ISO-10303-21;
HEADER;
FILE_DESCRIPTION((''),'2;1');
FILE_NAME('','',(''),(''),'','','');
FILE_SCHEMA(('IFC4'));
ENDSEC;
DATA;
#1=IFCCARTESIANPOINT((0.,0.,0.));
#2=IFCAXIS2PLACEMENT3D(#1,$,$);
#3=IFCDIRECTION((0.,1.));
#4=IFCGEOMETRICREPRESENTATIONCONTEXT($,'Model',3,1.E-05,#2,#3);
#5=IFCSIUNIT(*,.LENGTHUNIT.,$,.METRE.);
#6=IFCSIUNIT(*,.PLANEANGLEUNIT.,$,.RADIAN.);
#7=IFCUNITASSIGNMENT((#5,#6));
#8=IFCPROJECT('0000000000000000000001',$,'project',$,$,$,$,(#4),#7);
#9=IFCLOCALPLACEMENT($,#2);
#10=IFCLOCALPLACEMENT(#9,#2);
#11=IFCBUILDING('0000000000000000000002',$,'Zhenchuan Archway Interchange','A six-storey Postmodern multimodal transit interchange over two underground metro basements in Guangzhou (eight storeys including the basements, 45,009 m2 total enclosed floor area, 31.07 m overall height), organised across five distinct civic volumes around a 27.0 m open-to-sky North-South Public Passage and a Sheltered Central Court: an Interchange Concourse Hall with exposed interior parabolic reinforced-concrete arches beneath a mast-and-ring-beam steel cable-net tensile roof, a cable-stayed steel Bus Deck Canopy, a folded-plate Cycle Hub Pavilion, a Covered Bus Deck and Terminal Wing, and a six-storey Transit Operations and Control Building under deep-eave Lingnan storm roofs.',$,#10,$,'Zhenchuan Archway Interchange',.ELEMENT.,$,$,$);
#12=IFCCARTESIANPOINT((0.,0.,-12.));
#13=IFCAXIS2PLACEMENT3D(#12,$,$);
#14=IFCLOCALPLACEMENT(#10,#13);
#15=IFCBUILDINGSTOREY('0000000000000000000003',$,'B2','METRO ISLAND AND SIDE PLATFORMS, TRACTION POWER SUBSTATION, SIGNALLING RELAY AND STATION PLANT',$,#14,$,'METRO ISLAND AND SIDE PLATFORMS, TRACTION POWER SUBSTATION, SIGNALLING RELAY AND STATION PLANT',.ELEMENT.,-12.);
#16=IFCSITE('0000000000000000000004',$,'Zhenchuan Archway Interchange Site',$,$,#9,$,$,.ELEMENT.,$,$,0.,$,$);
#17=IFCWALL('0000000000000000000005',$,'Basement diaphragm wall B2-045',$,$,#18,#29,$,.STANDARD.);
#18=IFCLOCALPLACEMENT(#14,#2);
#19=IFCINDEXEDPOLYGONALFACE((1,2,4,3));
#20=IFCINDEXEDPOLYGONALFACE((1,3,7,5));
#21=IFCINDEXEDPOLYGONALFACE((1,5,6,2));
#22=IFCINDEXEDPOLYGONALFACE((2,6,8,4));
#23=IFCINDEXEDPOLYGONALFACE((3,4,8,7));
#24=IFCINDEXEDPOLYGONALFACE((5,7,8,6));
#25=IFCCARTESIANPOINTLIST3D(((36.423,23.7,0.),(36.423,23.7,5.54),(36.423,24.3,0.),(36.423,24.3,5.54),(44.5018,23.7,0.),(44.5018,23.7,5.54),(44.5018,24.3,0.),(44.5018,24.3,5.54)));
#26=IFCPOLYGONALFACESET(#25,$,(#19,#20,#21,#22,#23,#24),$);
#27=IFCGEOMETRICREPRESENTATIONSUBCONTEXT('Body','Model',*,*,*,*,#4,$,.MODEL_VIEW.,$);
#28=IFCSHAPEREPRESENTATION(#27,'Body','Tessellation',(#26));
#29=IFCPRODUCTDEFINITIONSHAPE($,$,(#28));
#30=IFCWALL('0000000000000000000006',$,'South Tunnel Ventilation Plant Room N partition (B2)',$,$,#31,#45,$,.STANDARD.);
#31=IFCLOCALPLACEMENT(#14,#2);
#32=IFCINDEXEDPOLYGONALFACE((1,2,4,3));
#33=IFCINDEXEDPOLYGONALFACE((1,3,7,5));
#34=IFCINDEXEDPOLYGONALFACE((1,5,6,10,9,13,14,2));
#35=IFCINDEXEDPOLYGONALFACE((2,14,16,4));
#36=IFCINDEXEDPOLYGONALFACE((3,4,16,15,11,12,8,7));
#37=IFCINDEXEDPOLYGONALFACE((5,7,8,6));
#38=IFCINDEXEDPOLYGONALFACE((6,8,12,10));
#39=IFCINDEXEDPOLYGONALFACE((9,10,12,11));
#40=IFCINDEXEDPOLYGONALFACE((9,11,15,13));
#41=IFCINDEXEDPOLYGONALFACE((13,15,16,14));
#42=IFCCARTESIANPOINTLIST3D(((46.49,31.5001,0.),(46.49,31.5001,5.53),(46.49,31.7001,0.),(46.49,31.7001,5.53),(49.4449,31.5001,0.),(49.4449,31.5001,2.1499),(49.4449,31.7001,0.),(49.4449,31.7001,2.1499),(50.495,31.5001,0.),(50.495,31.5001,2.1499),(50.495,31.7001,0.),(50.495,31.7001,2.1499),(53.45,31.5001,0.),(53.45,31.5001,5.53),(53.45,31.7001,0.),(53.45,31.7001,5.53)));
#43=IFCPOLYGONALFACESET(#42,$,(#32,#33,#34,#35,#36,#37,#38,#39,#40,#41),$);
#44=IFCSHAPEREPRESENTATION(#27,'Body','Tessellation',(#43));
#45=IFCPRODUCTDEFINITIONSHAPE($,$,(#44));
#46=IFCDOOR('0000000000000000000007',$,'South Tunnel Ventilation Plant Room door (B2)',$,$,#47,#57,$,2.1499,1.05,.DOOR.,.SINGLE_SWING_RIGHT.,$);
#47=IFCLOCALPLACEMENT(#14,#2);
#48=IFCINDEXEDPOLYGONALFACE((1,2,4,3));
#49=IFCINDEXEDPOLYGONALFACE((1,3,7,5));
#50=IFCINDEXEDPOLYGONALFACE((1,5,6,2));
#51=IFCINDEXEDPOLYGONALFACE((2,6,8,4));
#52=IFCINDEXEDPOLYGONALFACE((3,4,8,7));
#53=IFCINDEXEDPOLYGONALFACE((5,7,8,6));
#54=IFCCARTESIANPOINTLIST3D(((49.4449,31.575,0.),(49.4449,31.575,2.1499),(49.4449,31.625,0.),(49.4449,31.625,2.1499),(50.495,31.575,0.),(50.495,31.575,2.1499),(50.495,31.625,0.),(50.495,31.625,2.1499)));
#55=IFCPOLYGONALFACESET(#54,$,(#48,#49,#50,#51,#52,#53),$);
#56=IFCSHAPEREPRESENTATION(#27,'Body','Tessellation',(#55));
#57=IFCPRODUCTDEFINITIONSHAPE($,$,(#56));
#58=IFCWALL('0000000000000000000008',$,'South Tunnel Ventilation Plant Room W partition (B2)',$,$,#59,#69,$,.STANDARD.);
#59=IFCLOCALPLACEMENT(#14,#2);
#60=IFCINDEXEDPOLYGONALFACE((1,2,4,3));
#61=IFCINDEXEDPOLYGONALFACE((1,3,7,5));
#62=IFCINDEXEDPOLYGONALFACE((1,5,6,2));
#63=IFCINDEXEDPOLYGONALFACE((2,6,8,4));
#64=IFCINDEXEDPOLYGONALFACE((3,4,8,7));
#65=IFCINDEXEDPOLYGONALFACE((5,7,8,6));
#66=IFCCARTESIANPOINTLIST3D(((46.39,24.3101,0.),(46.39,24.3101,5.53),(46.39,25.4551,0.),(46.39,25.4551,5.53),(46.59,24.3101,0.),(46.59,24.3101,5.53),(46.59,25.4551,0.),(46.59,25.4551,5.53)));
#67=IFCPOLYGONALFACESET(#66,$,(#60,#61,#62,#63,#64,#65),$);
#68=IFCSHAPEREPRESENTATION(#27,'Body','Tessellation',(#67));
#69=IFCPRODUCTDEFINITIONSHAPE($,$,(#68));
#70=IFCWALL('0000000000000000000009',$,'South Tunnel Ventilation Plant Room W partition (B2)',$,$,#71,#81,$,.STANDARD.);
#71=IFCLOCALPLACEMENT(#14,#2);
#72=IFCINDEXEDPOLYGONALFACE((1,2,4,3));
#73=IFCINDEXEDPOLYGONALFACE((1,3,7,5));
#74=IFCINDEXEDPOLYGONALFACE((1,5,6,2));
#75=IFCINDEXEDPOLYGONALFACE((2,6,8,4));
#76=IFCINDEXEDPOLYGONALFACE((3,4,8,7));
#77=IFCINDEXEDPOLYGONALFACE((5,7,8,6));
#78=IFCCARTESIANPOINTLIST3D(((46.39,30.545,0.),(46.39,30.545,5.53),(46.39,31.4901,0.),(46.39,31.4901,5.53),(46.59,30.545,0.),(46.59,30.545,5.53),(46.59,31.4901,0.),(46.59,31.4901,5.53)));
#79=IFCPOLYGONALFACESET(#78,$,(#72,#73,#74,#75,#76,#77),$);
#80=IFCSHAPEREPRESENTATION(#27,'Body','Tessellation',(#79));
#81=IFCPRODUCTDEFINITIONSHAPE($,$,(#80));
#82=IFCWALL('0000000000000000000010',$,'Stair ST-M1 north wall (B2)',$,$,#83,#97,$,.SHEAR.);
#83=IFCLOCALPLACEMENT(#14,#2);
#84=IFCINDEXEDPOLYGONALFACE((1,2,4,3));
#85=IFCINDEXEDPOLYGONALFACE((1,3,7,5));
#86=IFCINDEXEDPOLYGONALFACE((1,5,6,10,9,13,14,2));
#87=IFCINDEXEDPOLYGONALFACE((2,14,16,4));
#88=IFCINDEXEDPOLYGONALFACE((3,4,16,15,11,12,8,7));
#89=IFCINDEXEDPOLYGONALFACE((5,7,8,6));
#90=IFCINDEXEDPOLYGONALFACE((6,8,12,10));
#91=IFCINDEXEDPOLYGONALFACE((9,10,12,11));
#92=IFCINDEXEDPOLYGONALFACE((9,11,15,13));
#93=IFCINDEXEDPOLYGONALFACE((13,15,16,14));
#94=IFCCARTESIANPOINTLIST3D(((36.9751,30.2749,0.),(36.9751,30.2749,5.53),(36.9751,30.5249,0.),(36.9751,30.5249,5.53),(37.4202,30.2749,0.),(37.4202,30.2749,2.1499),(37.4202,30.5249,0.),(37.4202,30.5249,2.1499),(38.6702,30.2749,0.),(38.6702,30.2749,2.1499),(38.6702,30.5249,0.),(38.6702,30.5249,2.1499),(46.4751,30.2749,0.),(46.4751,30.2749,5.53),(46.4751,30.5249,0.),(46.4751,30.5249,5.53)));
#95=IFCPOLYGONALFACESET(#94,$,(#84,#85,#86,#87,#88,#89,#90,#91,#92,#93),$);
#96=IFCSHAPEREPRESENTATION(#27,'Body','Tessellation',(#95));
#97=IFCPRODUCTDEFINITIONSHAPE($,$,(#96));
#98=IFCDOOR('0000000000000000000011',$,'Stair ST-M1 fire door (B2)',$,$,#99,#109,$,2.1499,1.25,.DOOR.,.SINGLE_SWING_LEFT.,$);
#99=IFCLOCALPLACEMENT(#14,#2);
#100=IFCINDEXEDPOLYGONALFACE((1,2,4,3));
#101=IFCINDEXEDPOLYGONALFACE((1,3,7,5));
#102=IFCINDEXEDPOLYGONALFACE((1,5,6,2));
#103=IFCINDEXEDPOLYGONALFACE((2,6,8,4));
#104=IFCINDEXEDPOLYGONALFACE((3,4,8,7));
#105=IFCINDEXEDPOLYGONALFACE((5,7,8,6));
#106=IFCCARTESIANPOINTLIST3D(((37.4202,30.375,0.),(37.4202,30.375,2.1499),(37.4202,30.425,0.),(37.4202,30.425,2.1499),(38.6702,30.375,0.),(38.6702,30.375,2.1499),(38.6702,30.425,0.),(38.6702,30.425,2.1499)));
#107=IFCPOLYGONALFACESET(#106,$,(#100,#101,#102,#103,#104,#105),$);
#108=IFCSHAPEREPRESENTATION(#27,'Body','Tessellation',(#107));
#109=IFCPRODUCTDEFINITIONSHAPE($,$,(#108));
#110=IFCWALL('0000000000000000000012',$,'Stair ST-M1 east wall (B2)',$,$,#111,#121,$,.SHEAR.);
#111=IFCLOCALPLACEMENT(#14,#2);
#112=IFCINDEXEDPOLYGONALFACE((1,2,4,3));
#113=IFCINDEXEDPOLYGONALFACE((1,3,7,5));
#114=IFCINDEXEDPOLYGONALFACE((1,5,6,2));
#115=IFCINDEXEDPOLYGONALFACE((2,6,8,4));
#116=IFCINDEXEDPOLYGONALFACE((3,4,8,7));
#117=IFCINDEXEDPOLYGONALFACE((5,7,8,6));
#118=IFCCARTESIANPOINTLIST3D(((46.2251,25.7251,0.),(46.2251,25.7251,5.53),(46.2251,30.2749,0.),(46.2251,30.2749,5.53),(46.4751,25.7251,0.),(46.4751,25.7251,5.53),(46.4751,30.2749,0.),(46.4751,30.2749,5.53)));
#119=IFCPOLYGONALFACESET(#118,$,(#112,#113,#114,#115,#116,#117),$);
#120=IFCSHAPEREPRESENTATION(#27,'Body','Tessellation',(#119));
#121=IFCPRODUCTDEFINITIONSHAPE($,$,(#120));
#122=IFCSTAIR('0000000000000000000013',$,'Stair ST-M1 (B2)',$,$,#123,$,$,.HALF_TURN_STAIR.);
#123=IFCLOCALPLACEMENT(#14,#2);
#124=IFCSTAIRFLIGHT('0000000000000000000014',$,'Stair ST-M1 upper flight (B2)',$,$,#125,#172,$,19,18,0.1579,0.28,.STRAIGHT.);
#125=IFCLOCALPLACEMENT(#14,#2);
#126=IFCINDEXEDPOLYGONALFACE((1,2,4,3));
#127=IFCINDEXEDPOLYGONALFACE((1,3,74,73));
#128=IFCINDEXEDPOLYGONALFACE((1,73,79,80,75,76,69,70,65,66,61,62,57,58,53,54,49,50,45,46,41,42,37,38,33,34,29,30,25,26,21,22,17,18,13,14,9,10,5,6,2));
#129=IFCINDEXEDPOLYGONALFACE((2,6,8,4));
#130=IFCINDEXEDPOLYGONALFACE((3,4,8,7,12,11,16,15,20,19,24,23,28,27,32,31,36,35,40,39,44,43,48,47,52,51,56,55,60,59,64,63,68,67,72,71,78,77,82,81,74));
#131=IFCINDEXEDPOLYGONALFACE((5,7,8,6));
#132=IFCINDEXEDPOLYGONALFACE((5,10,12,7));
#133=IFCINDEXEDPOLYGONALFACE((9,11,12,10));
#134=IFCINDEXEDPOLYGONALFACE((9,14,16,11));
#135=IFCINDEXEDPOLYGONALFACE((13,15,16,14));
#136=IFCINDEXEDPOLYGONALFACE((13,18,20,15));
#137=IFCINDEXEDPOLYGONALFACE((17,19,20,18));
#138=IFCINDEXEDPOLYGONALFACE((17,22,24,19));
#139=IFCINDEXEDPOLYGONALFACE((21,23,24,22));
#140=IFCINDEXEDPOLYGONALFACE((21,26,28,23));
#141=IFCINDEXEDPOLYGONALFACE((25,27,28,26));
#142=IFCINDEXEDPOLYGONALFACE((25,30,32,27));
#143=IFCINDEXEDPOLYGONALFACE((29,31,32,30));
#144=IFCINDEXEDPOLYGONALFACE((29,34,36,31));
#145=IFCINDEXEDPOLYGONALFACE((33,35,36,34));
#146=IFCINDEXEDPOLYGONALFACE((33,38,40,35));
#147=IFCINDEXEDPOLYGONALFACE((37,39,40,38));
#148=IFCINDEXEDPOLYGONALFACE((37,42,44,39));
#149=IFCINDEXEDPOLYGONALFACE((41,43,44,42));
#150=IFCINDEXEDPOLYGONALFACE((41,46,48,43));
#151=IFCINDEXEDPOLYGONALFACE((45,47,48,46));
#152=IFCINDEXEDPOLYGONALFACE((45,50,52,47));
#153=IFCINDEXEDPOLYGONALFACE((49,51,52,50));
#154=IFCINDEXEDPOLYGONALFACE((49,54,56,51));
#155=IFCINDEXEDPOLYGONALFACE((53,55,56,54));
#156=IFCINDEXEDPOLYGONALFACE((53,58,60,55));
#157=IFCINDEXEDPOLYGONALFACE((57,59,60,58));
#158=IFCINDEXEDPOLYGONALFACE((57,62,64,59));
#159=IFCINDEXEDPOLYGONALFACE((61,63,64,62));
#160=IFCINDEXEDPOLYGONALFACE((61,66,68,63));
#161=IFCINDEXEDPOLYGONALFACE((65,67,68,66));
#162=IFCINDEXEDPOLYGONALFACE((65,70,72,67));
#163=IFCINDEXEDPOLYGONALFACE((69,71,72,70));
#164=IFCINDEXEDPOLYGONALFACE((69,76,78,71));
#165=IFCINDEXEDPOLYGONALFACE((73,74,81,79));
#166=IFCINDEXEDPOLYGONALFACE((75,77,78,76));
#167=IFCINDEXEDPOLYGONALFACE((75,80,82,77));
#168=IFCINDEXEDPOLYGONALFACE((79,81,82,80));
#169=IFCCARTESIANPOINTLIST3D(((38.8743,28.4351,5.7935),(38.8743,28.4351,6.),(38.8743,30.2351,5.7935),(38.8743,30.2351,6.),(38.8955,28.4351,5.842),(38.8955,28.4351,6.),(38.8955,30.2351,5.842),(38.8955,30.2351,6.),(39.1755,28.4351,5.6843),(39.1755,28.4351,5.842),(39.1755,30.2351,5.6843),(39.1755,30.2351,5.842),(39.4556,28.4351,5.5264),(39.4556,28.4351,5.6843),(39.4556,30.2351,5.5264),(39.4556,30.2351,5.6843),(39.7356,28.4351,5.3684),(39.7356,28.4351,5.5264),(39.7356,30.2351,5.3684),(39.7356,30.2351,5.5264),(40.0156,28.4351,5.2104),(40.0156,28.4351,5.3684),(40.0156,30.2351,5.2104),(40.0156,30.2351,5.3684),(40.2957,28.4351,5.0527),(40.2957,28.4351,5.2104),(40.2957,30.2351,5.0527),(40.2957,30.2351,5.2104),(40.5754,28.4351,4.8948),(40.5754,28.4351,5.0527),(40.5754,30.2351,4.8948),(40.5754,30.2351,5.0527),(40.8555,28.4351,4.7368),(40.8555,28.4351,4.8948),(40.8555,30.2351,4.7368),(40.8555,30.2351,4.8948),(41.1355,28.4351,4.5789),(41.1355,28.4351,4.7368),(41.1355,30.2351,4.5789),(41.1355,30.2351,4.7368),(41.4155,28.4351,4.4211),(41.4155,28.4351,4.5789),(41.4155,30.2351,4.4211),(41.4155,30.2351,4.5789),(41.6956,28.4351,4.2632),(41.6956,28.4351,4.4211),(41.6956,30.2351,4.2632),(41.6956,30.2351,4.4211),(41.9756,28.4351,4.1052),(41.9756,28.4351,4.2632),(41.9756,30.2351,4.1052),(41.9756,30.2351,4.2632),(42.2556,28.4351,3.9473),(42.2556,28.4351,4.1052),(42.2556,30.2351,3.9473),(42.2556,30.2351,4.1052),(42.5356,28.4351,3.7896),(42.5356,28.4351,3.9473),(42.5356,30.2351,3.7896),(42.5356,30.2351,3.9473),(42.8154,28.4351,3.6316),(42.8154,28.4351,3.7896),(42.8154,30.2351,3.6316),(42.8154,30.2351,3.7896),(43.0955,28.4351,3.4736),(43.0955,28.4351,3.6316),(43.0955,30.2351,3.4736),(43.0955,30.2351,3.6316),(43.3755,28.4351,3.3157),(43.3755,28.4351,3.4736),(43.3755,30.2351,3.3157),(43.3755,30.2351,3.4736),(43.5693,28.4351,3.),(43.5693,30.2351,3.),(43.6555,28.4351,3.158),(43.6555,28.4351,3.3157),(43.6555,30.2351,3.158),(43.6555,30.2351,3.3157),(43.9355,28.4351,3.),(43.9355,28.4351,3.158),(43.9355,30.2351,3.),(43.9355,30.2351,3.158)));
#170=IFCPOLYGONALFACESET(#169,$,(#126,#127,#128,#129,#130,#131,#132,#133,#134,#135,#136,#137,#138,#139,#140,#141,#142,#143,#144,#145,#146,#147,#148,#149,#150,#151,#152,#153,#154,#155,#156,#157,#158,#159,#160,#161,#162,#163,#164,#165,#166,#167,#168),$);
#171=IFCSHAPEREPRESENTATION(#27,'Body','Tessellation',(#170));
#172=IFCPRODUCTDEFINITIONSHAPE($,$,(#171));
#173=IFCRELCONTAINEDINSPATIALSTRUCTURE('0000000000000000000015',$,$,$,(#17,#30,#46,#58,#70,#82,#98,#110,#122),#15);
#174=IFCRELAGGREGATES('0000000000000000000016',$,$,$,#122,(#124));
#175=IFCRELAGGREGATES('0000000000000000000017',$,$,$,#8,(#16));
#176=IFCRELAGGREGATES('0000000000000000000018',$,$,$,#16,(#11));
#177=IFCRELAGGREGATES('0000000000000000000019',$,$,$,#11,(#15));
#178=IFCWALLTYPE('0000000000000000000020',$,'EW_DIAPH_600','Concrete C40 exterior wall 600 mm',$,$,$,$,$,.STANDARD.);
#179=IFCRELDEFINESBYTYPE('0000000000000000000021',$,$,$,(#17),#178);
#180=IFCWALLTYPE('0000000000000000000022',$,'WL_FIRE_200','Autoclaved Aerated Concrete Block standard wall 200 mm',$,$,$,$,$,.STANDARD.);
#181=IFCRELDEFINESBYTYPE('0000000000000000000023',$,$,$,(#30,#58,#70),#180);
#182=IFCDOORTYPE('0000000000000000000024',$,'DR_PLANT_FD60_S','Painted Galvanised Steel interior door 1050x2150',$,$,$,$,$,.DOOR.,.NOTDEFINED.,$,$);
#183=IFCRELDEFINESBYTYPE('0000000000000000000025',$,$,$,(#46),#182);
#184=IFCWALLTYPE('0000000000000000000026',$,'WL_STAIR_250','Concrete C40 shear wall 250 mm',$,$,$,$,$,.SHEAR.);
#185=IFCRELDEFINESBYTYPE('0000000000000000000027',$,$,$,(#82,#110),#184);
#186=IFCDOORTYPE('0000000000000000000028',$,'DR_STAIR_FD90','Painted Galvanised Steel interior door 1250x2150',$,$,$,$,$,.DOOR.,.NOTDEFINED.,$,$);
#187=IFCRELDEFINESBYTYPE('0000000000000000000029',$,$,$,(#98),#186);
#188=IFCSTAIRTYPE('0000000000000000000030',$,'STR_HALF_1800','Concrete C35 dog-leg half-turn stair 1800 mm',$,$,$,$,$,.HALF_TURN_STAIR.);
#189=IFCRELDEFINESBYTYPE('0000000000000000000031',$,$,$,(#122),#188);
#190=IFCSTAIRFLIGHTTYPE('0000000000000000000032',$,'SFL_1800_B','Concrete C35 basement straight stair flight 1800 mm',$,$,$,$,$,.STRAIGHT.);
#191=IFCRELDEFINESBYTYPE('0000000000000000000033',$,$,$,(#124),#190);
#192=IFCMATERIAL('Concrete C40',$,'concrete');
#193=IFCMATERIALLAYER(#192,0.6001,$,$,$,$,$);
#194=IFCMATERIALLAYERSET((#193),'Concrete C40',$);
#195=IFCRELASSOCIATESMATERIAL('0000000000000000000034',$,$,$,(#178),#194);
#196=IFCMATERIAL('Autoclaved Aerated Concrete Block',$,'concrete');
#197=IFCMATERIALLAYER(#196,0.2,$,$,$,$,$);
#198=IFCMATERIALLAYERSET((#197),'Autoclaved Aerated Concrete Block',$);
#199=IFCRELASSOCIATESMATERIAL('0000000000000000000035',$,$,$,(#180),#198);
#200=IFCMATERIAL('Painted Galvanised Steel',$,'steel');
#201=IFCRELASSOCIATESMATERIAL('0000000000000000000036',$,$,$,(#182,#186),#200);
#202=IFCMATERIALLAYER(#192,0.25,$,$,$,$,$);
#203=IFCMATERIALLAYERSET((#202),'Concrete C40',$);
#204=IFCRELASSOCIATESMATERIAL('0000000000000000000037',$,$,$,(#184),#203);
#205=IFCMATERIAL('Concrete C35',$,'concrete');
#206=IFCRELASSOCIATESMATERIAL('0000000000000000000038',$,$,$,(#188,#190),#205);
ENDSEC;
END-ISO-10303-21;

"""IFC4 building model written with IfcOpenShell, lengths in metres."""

from ifc_helpers import new_model, si_unit, direction, frame, frame_2d, origin, place, context, subcontext, project, spatial, polyline, rectangle, outline, extrude, material, layer, layer_set, type_object, element, fill, aggregate, save


model = new_model("IFC4")

# Units and contexts
model_context = context("Model", 3, precision=1e-05, world=origin(), true_north=direction((0.0, 1.0)))
body_context = subcontext(model_context, "Body", "Model", "MODEL_VIEW")
ifc_project = project(units=[si_unit("LENGTHUNIT", "METRE"), si_unit("PLANEANGLEUNIT", "RADIAN")], contexts=[model_context])

# Site, building, storey
site_placement = place(None, origin())
site = spatial("IfcSite", under=ifc_project, at=site_placement, Name="Zhenchuan Archway Interchange Site", CompositionType="ELEMENT", RefElevation=0.0)
building_placement = place(site_placement, origin())
building = spatial("IfcBuilding", under=site, at=building_placement, Name="Zhenchuan Archway Interchange", Description="A six-storey Postmodern multimodal transit interchange over two underground metro basements in Guangzhou (eight storeys including the basements, 45,009 m2 total enclosed floor area, 31.07 m overall height), organised across five distinct civic volumes around a 27.0 m open-to-sky North-South Public Passage and a Sheltered Central Court: an Interchange Concourse Hall with exposed interior parabolic reinforced-concrete arches beneath a mast-and-ring-beam steel cable-net tensile roof, a cable-stayed steel Bus Deck Canopy, a folded-plate Cycle Hub Pavilion, a Covered Bus Deck and Terminal Wing, and a six-storey Transit Operations and Control Building under deep-eave Lingnan storm roofs.", LongName="Zhenchuan Archway Interchange", CompositionType="ELEMENT")
storey_placement = place(building_placement, frame((0.0, 0.0, -12.0)))
storey = spatial("IfcBuildingStorey", under=building, at=storey_placement, Name="B2", Description="METRO ISLAND AND SIDE PLATFORMS, TRACTION POWER SUBSTATION, SIGNALLING RELAY AND STATION PLANT", LongName="METRO ISLAND AND SIDE PLATFORMS, TRACTION POWER SUBSTATION, SIGNALLING RELAY AND STATION PLANT", CompositionType="ELEMENT", Elevation=-12.0)

# Shared definitions
ifc_material_1 = material(Name="Concrete C40", Category="concrete")

# Shared definitions
ifc_material_2 = material(Name="Concrete C35", Category="concrete")

# Wall
ifc_layer_1 = layer(ifc_material_1, 0.6001)
ifc_layer_set_1 = layer_set([ifc_layer_1], Name="Concrete C40")
wall_type_1 = type_object("IfcWallType", Name="EW_DIAPH_600", Description="Concrete C40 exterior wall 600 mm", PredefinedType="STANDARD", material=ifc_layer_set_1)
wall_1_placement = place(storey_placement, frame((44.502, 24.0, 0.0), z_axis=(0.0, 0.0, 1.0), x_axis=(-1.0, 0.0, 0.0)))
element("IfcWall", 1, at=wall_1_placement, inside=storey, type_object=wall_type_1, Name="Basement diaphragm wall B2-045", PredefinedType="STANDARD", context=body_context, shape_type="SweptSolid", body=[
    extrude(rectangle(XDim=8.0789, YDim=0.6001, at=frame_2d((4.0396, 0.0))), origin(), (0.0, 0.0, 1.0), 5.54),
])

# Wall, opening, door
ifc_material_3 = material(Name="Autoclaved Aerated Concrete Block", Category="concrete")
ifc_layer_2 = layer(ifc_material_3, 0.2)
ifc_layer_set_2 = layer_set([ifc_layer_2], Name="Autoclaved Aerated Concrete Block")
wall_type_2 = type_object("IfcWallType", Name="WL_FIRE_200", Description="Autoclaved Aerated Concrete Block standard wall 200 mm", PredefinedType="STANDARD", material=ifc_layer_set_2)
wall_2_placement = place(storey_placement, frame((46.49, 31.6001, 0.0), z_axis=(0.0, 0.0, 1.0), x_axis=(1.0, 0.0, 0.0)))
wall_2 = element("IfcWall", 2, at=wall_2_placement, inside=storey, type_object=wall_type_2, Name="South Tunnel Ventilation Plant Room N partition (B2)", PredefinedType="STANDARD", context=body_context, shape_type="SweptSolid", body=[
    extrude(rectangle(XDim=6.96, YDim=0.2, at=frame_2d((3.48, 0.0))), origin(), (0.0, 0.0, 1.0), 5.53),
])
opening_1_placement = place(wall_2_placement, frame((2.9551, 0.0, 0.0)))
opening_1 = element("IfcOpeningElement", 3, at=opening_1_placement, cuts=wall_2, PredefinedType="OPENING", context=body_context, shape_type="SweptSolid", body=[
    extrude(rectangle(XDim=1.05, YDim=2.1499, at=frame_2d((0.5249, 1.075))), frame((0.0, 0.1118, 0.0), z_axis=(0.0, -1.0, 0.0), x_axis=(1.0, 0.0, 0.0)), (0.0, 0.0, 1.0), 0.2239),
])
ifc_material_4 = material(Name="Painted Galvanised Steel", Category="steel")
door_type_1 = type_object("IfcDoorType", Name="DR_PLANT_FD60_S", Description="Painted Galvanised Steel interior door 1050x2150", OperationType="NOTDEFINED", PredefinedType="DOOR", material=ifc_material_4)
door_1_placement = place(opening_1_placement, origin())
door_1 = element("IfcDoor", 4, at=door_1_placement, inside=storey, type_object=door_type_1, Name="South Tunnel Ventilation Plant Room door (B2)", OperationType="SINGLE_SWING_RIGHT", OverallHeight=2.1499, OverallWidth=1.05, PredefinedType="DOOR", context=body_context, shape_type="SweptSolid", body=[
    extrude(rectangle(XDim=1.05, YDim=2.1499, at=frame_2d((0.5249, 1.075))), frame((0.0, 0.0249, 0.0), z_axis=(0.0, -1.0, 0.0), x_axis=(1.0, 0.0, 0.0)), (0.0, 0.0, 1.0), 0.05),
])
fill(opening_1, door_1)

# Walls
wall_3_placement = place(storey_placement, frame((46.49, 24.3101, 0.0), z_axis=(0.0, 0.0, 1.0), x_axis=(0.0, 1.0, 0.0)))
element("IfcWall", 5, at=wall_3_placement, inside=storey, type_object=wall_type_2, Name="South Tunnel Ventilation Plant Room W partition (B2)", PredefinedType="STANDARD", context=body_context, shape_type="SweptSolid", body=[
    extrude(rectangle(XDim=1.145, YDim=0.2, at=frame_2d((0.5725, 0.0))), origin(), (0.0, 0.0, 1.0), 5.53),
])
wall_4_placement = place(storey_placement, frame((46.49, 30.5449, 0.0), z_axis=(0.0, 0.0, 1.0), x_axis=(0.0, 1.0, 0.0)))
element("IfcWall", 6, at=wall_4_placement, inside=storey, type_object=wall_type_2, Name="South Tunnel Ventilation Plant Room W partition (B2)", PredefinedType="STANDARD", context=body_context, shape_type="SweptSolid", body=[
    extrude(rectangle(XDim=0.9451, YDim=0.2, at=frame_2d((0.4727, 0.0))), origin(), (0.0, 0.0, 1.0), 5.53),
])

# Wall, opening, door
ifc_layer_3 = layer(ifc_material_1, 0.25)
ifc_layer_set_3 = layer_set([ifc_layer_3], Name="Concrete C40")
wall_type_3 = type_object("IfcWallType", Name="WL_STAIR_250", Description="Concrete C40 shear wall 250 mm", PredefinedType="SHEAR", material=ifc_layer_set_3)
wall_5_placement = place(storey_placement, frame((46.4751, 30.3999, 0.0), z_axis=(0.0, 0.0, 1.0), x_axis=(-1.0, 0.0, 0.0)))
wall_5 = element("IfcWall", 7, at=wall_5_placement, inside=storey, type_object=wall_type_3, Name="Stair ST-M1 north wall (B2)", PredefinedType="SHEAR", context=body_context, shape_type="SweptSolid", body=[
    extrude(rectangle(XDim=9.5, YDim=0.25, at=frame_2d((4.75, 0.0))), origin(), (0.0, 0.0, 1.0), 5.53),
])
opening_2_placement = place(wall_5_placement, frame((7.8049, 0.0, 0.0)))
opening_2 = element("IfcOpeningElement", 8, at=opening_2_placement, cuts=wall_5, PredefinedType="OPENING", context=body_context, shape_type="SweptSolid", body=[
    extrude(rectangle(XDim=1.25, YDim=2.1499, at=frame_2d((0.625, 1.075))), frame((0.0, 0.137, 0.0), z_axis=(0.0, -1.0, 0.0), x_axis=(1.0, 0.0, 0.0)), (0.0, 0.0, 1.0), 0.2739),
])
door_type_2 = type_object("IfcDoorType", Name="DR_STAIR_FD90", Description="Painted Galvanised Steel interior door 1250x2150", OperationType="NOTDEFINED", PredefinedType="DOOR", material=ifc_material_4)
door_2_placement = place(opening_2_placement, origin())
door_2 = element("IfcDoor", 9, at=door_2_placement, inside=storey, type_object=door_type_2, Name="Stair ST-M1 fire door (B2)", OperationType="SINGLE_SWING_LEFT", OverallHeight=2.1499, OverallWidth=1.25, PredefinedType="DOOR", context=body_context, shape_type="SweptSolid", body=[
    extrude(rectangle(XDim=1.25, YDim=2.1499, at=frame_2d((0.625, 1.075))), frame((0.0, 0.0249, 0.0), z_axis=(0.0, -1.0, 0.0), x_axis=(1.0, 0.0, 0.0)), (0.0, 0.0, 1.0), 0.05),
])
fill(opening_2, door_2)

# Wall
wall_6_placement = place(storey_placement, frame((46.3501, 25.7251, 0.0), z_axis=(0.0, 0.0, 1.0), x_axis=(0.0, 1.0, 0.0)))
element("IfcWall", 10, at=wall_6_placement, inside=storey, type_object=wall_type_3, Name="Stair ST-M1 east wall (B2)", PredefinedType="SHEAR", context=body_context, shape_type="SweptSolid", body=[
    extrude(rectangle(XDim=4.5498, YDim=0.25, at=frame_2d((2.2749, 0.0))), origin(), (0.0, 0.0, 1.0), 5.53),
])

# Stair, stair flight
stair_type = type_object("IfcStairType", Name="STR_HALF_1800", Description="Concrete C35 dog-leg half-turn stair 1800 mm", PredefinedType="HALF_TURN_STAIR", material=ifc_material_2)
stair_placement = place(storey_placement, origin())
stair = element("IfcStair", 11, at=stair_placement, inside=storey, type_object=stair_type, Name="Stair ST-M1 (B2)", PredefinedType="HALF_TURN_STAIR")
stair_flight_type = type_object("IfcStairFlightType", Name="SFL_1800_B", Description="Concrete C35 basement straight stair flight 1800 mm", PredefinedType="STRAIGHT", material=ifc_material_2)
stair_flight_placement = place(storey_placement, frame((43.9355, 29.335, 3.0), z_axis=(0.0, 0.0, 1.0), x_axis=(-1.0, 0.0, 0.0)))
stair_flight = element("IfcStairFlight", 12, at=stair_flight_placement, type_object=stair_flight_type, Name="Stair ST-M1 upper flight (B2)", NumberOfRisers=19, NumberOfTreads=18, PredefinedType="STRAIGHT", RiserHeight=0.1579, TreadLength=0.28, context=body_context, shape_type="SweptSolid", body=[
    extrude(outline(polyline([(0.0, 0.0), (0.0, 0.158), (0.28, 0.158), (0.28, 0.3157), (0.5601, 0.3157), (0.5601, 0.4736), (0.8401, 0.4736), (0.8401, 0.6316), (1.1201, 0.6316), (1.1201, 0.7896), (1.3999, 0.7896), (1.3999, 0.9473), (1.6799, 0.9473), (1.6799, 1.1052), (1.96, 1.1052), (1.96, 1.2632), (2.24, 1.2632), (2.24, 1.4211), (2.52, 1.4211), (2.52, 1.5789), (2.8, 1.5789), (2.8, 1.7368), (3.0801, 1.7368), (3.0801, 1.8948), (3.3601, 1.8948), (3.3601, 2.0527), (3.6399, 2.0527), (3.6399, 2.2104), (3.9199, 2.2104), (3.9199, 2.3684), (4.2, 2.3684), (4.2, 2.5264), (4.48, 2.5264), (4.48, 2.6843), (4.76, 2.6843), (4.76, 2.842), (5.04, 2.842), (5.04, 3.0), (5.0613, 3.0), (5.0613, 2.7935), (0.3662, 0.0), (0.0, 0.0)])), frame((0.0, 0.8999, 0.0), z_axis=(0.0, -1.0, 0.0), x_axis=(1.0, 0.0, 0.0)), (0.0, 0.0, 1.0), 1.8),
])
aggregate(stair, [stair_flight])

save(model, "model.ifc")
